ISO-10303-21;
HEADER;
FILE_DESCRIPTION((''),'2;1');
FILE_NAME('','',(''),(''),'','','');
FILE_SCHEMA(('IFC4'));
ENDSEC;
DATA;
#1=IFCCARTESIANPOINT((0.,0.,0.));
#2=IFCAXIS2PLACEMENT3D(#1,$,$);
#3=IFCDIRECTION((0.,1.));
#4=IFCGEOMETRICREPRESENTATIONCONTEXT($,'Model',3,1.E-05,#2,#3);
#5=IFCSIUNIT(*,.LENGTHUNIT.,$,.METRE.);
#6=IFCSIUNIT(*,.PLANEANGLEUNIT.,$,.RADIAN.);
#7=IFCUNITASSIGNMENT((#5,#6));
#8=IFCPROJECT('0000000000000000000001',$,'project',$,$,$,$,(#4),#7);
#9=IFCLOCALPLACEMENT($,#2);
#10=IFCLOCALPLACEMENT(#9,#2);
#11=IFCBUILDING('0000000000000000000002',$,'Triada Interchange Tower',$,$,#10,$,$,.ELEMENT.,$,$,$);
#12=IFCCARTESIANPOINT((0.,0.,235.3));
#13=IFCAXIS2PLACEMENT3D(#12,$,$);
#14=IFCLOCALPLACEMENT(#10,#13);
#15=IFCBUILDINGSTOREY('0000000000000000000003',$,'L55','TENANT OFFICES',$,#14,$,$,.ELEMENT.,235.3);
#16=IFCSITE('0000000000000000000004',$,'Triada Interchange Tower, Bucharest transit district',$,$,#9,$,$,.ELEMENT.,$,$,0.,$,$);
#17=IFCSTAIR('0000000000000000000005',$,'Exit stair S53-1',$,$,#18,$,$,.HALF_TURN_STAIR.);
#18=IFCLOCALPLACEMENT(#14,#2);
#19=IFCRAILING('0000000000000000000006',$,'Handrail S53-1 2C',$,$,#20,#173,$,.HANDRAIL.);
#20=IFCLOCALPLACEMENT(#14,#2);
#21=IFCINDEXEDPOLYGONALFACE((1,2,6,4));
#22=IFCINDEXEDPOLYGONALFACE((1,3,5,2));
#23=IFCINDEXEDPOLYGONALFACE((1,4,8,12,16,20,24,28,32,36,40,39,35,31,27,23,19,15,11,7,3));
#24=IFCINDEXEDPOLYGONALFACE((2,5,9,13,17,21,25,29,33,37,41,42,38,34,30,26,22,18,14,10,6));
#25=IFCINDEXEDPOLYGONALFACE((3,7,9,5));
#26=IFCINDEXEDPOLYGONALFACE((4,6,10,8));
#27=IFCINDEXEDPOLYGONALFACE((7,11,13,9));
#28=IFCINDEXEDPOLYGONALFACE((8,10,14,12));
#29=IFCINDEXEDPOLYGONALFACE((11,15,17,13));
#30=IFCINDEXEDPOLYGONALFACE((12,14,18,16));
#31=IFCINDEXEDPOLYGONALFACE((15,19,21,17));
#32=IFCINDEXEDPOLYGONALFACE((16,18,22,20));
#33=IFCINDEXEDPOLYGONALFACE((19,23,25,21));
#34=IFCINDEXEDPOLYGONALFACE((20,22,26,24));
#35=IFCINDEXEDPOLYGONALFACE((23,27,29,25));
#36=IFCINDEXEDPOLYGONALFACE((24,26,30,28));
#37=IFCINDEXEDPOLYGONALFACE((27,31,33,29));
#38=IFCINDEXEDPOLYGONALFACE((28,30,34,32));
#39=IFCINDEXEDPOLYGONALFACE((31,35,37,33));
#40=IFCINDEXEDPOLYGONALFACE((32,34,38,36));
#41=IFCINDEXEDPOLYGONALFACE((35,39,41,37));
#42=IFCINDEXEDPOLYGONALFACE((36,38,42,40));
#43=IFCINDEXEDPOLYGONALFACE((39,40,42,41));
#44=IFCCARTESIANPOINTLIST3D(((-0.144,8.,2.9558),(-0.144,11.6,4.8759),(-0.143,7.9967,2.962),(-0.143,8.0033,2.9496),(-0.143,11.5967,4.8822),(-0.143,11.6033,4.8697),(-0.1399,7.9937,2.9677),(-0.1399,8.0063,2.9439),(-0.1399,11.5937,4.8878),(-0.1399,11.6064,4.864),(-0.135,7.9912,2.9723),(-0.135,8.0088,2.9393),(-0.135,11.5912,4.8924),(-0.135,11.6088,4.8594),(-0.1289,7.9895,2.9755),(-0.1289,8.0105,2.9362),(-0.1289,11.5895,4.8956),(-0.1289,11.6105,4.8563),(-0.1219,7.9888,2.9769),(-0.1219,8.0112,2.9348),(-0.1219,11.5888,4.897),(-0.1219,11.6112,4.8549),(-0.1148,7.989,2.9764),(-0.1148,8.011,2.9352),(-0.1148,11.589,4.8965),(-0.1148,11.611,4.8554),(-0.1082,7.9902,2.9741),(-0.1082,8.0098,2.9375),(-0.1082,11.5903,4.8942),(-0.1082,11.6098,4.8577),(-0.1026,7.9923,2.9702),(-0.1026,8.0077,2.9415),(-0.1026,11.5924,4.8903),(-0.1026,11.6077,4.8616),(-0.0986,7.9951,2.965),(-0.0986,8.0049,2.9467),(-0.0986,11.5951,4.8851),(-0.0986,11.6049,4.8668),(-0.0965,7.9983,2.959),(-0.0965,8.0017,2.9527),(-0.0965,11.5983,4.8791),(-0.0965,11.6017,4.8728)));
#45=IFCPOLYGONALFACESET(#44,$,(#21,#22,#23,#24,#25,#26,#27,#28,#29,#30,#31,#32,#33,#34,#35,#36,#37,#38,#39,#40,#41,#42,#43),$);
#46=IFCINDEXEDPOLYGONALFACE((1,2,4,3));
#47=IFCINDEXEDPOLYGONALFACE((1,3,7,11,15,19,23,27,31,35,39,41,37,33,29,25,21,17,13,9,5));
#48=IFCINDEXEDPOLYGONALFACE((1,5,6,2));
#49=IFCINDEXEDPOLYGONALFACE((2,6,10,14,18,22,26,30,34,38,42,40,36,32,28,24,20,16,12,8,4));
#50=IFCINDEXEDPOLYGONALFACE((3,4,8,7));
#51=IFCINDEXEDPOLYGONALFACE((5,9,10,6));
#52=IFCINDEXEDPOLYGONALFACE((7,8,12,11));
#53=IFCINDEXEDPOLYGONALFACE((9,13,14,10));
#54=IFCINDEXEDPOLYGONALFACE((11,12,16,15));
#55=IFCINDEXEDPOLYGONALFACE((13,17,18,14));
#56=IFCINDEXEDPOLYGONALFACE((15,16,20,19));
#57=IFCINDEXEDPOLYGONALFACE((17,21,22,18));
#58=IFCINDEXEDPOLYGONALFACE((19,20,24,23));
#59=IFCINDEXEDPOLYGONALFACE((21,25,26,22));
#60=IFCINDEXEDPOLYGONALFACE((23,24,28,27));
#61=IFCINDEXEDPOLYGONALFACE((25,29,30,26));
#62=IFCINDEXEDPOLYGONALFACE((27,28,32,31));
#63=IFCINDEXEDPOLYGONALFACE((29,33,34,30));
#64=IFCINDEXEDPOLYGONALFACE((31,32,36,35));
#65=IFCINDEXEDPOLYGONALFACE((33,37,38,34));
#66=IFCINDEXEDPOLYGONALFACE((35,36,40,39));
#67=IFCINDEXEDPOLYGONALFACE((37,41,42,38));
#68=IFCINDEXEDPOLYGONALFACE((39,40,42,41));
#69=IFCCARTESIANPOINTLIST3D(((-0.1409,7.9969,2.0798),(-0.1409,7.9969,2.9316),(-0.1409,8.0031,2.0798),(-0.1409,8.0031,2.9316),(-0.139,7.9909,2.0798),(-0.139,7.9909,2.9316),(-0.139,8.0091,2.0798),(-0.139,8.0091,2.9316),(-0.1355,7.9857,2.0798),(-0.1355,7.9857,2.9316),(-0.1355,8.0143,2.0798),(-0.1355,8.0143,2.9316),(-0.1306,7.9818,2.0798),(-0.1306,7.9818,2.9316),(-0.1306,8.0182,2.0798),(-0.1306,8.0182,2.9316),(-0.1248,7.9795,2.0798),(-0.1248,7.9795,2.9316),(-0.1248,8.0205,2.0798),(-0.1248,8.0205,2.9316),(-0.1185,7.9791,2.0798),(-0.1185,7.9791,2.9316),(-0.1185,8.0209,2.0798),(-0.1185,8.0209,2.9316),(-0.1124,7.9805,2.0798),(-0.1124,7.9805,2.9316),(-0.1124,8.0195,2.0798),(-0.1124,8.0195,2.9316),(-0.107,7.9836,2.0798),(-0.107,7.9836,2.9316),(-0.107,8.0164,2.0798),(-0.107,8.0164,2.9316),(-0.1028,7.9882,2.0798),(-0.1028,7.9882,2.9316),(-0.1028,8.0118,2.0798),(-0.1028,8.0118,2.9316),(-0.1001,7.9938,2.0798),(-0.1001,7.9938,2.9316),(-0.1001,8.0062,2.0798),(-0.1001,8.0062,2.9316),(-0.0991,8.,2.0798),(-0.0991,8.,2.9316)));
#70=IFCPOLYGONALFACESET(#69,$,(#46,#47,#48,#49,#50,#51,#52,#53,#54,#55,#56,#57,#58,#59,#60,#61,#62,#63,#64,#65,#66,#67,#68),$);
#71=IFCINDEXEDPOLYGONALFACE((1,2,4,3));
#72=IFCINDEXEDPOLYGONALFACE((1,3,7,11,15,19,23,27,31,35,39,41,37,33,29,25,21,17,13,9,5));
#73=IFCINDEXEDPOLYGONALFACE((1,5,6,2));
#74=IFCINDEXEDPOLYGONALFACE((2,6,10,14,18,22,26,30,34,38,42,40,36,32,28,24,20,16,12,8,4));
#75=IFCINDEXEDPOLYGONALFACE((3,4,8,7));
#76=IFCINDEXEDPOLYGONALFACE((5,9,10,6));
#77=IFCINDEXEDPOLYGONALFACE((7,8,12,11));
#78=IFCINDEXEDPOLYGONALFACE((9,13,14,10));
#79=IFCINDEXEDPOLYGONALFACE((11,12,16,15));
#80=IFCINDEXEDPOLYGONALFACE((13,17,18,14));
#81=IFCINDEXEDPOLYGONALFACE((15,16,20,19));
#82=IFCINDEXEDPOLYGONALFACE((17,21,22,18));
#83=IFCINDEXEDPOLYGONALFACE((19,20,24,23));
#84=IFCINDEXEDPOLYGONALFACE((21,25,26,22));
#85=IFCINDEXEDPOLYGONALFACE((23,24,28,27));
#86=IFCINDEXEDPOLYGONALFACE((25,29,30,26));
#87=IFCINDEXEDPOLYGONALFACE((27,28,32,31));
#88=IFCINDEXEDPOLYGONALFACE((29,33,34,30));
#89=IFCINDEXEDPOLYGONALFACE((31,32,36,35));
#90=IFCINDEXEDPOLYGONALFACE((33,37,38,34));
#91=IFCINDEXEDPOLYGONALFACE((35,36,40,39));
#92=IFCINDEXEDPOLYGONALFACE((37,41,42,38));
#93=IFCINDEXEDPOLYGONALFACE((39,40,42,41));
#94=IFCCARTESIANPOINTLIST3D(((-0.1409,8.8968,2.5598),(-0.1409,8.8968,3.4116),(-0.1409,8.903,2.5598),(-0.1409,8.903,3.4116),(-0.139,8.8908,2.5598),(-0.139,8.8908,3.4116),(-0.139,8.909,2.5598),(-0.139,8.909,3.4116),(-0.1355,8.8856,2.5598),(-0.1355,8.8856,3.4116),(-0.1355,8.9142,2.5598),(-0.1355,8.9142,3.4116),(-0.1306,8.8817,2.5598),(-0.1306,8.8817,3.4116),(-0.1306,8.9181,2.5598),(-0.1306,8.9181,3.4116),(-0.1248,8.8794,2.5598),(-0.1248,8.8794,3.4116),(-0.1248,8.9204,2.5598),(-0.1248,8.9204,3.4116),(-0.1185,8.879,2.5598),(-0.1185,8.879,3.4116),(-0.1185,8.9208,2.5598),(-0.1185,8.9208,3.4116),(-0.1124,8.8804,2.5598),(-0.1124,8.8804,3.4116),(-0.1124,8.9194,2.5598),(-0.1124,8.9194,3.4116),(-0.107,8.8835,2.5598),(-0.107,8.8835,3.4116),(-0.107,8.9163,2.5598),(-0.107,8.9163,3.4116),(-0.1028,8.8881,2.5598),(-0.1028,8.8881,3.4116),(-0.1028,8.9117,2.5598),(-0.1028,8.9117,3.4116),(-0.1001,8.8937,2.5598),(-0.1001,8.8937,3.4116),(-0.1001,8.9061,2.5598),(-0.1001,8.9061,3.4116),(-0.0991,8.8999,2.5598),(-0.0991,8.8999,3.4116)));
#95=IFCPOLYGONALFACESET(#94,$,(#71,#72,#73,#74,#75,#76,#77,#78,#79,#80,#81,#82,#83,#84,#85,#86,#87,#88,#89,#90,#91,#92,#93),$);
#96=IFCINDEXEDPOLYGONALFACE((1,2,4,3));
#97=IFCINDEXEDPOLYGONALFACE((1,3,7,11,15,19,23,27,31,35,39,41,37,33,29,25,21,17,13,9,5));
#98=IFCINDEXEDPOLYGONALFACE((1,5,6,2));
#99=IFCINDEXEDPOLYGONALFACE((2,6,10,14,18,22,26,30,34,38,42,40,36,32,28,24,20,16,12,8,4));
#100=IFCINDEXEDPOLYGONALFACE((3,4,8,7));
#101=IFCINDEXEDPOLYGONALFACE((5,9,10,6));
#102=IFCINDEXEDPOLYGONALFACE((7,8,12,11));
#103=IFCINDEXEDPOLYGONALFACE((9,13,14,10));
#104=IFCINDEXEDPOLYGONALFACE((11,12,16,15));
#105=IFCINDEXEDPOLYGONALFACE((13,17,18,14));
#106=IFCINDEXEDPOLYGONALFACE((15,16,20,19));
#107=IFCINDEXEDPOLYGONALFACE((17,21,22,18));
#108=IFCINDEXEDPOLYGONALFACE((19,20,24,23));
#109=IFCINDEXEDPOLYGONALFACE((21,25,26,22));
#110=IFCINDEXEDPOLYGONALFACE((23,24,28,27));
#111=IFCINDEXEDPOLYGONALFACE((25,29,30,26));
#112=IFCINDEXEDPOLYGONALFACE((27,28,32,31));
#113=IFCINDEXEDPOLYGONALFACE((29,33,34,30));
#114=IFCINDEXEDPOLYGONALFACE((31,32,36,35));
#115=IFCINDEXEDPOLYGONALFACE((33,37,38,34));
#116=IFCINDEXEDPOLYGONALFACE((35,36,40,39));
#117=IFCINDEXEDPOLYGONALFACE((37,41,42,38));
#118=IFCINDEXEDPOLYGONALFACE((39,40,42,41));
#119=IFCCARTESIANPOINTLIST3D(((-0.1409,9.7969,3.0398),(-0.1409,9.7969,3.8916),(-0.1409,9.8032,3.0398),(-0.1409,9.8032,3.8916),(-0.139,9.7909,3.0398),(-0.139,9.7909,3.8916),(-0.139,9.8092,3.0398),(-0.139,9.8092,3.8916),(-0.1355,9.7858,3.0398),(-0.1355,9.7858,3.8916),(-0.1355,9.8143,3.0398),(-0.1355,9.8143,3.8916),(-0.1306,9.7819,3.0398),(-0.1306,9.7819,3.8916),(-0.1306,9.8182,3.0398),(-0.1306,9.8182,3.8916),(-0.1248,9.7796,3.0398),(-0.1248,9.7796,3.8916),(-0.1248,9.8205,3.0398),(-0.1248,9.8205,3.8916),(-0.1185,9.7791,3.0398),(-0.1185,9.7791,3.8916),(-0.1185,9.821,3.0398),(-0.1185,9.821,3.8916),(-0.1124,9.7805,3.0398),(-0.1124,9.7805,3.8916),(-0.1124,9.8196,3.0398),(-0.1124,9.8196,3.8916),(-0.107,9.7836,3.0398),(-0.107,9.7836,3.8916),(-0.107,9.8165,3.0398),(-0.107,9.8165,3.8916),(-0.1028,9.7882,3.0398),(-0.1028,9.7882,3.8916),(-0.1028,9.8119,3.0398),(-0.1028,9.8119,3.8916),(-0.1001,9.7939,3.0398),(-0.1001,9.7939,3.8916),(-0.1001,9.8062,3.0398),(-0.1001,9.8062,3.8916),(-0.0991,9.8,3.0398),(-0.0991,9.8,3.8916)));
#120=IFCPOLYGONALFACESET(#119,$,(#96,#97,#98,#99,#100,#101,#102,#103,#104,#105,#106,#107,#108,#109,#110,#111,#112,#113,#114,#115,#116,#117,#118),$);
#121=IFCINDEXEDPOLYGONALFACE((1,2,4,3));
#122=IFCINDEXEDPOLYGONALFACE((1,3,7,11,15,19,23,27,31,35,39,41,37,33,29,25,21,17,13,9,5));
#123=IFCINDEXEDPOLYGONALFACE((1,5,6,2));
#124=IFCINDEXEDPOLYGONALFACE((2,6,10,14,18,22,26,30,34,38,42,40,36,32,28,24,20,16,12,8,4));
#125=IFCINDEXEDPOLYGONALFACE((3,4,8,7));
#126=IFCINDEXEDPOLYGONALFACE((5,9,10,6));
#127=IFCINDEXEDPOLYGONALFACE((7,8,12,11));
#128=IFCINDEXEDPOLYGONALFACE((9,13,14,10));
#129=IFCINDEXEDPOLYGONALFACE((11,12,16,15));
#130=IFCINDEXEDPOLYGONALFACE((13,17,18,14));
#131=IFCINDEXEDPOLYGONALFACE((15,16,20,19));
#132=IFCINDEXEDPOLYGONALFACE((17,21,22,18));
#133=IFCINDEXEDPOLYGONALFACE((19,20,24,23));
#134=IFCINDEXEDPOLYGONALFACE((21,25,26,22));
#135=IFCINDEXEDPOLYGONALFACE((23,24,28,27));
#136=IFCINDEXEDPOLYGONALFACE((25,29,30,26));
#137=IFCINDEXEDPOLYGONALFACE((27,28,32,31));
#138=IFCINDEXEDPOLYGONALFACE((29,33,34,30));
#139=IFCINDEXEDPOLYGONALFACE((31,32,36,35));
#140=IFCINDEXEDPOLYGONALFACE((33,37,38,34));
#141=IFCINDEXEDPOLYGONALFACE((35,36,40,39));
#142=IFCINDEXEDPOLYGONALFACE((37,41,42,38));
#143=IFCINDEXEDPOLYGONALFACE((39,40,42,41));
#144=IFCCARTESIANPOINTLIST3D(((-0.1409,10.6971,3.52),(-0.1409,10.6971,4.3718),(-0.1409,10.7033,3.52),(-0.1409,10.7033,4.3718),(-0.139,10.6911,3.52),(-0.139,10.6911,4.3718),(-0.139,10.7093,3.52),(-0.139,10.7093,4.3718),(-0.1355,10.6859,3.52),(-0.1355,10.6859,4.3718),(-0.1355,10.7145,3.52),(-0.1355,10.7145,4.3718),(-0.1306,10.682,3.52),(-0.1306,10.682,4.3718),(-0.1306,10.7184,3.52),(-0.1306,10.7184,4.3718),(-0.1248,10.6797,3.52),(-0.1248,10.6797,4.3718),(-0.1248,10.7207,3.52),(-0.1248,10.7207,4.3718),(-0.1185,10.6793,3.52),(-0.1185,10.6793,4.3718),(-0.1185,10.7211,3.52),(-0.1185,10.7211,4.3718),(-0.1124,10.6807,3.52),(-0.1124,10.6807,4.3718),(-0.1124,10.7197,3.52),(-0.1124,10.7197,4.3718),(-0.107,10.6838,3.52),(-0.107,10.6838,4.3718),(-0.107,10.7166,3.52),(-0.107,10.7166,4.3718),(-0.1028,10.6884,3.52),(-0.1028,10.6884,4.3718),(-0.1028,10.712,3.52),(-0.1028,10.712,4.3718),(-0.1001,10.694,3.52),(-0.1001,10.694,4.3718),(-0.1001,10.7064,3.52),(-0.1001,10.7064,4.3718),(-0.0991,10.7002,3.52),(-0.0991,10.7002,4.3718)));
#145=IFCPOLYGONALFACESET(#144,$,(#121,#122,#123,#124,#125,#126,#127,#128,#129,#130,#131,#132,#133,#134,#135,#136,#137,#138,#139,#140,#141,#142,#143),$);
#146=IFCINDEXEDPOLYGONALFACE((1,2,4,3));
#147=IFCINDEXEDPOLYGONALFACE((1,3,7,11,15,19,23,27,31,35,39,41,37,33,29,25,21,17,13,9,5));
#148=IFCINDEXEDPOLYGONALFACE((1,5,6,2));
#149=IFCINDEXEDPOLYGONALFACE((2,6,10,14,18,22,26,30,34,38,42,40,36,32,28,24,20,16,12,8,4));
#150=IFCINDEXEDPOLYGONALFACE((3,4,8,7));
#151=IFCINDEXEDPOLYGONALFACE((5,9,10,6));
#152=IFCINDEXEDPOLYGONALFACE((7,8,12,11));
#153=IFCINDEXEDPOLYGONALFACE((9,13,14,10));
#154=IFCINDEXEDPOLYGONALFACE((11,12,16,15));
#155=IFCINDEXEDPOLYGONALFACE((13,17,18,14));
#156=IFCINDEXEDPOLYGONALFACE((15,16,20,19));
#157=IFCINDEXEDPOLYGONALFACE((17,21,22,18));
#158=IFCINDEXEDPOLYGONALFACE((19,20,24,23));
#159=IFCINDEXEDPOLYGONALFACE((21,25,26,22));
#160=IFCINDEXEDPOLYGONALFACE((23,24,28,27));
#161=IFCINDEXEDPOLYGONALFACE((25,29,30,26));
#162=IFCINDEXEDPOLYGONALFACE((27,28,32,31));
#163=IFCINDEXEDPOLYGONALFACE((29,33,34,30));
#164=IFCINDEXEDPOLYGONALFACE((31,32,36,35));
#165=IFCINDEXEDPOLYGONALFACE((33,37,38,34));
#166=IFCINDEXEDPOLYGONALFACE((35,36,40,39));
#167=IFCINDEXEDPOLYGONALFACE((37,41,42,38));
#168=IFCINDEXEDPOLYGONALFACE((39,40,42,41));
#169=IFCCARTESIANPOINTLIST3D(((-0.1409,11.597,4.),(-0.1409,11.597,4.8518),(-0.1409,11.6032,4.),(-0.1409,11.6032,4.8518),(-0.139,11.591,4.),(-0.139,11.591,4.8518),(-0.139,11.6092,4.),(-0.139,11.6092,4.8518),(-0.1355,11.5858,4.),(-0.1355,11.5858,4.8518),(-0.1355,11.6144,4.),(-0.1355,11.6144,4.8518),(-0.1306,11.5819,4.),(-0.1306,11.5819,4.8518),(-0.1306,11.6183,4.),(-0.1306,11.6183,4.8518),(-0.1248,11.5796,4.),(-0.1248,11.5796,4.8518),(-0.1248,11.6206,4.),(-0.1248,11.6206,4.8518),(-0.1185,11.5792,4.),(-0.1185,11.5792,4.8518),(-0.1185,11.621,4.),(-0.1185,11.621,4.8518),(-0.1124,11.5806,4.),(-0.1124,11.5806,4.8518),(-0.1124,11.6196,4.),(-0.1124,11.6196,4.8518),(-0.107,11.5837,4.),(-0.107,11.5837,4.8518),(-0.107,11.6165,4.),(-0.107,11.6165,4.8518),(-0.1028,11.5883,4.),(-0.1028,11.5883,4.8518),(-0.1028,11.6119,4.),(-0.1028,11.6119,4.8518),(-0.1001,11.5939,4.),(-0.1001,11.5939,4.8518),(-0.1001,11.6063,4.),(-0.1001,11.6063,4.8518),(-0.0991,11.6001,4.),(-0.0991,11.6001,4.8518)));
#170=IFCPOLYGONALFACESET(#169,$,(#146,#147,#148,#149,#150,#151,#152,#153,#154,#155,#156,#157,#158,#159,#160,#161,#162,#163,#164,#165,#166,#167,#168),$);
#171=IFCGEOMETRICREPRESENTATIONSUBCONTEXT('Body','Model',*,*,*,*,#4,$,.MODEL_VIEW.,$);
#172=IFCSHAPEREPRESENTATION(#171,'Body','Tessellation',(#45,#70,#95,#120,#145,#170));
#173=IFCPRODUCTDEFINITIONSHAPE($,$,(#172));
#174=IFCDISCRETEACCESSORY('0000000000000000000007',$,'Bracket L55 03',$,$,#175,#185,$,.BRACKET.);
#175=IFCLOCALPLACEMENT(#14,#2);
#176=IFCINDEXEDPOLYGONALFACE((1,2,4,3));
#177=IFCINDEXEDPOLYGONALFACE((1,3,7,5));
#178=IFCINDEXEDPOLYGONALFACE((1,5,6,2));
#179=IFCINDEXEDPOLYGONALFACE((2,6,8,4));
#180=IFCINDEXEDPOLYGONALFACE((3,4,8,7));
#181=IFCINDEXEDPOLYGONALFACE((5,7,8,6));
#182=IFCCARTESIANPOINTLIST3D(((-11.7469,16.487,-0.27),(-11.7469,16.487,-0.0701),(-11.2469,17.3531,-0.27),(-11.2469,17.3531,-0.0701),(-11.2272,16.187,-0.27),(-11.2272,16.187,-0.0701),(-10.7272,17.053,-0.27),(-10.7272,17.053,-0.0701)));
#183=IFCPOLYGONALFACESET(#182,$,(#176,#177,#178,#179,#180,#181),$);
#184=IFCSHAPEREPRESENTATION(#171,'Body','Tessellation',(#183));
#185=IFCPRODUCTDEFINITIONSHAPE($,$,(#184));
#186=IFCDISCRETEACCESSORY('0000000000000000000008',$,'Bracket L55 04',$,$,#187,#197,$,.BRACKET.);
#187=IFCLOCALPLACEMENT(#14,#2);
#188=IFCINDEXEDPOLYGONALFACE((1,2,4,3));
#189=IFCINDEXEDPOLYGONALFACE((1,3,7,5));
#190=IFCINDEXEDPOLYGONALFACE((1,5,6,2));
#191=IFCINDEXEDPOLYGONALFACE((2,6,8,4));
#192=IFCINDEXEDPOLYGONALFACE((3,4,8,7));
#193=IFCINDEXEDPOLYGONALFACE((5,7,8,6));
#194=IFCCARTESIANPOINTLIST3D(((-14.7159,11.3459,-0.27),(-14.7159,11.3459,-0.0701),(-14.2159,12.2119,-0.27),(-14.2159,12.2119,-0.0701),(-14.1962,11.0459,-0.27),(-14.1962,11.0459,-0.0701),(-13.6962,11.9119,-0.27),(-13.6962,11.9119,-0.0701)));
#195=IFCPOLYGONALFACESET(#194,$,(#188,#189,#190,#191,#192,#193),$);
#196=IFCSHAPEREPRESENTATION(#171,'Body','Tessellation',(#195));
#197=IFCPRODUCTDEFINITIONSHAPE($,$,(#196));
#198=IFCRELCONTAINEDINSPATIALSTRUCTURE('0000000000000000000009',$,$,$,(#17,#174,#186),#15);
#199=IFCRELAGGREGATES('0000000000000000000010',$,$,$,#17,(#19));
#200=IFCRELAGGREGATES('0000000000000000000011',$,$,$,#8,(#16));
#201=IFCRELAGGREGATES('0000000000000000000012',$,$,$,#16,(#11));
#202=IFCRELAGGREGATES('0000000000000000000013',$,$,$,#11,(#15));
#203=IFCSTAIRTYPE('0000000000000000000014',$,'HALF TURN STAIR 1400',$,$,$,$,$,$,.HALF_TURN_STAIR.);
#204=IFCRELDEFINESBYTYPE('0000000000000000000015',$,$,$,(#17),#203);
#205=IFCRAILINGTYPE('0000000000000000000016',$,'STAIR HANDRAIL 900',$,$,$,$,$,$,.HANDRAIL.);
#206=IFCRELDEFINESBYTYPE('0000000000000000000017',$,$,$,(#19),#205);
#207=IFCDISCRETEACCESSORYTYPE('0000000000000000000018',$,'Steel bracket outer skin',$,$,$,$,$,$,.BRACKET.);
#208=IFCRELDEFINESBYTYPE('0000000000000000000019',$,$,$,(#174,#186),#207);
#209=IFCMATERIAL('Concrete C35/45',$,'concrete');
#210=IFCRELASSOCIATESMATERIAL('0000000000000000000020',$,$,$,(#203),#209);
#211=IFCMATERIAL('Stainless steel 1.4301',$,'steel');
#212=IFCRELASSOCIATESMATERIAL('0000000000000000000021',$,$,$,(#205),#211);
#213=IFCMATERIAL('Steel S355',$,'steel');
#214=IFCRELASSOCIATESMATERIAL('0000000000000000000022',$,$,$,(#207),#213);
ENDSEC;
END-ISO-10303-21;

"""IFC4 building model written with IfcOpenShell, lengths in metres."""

from ifc_helpers import new_model, si_unit, direction, frame, origin, origin_2d, place, context, subcontext, project, spatial, rectangle, circle, extrude, material, type_object, element, aggregate, save


model = new_model("IFC4")

# Units and contexts
model_context = context("Model", 3, precision=1e-05, world=origin(), true_north=direction((0.0, 1.0)))
body_context = subcontext(model_context, "Body", "Model", "MODEL_VIEW")
ifc_project = project(units=[si_unit("LENGTHUNIT", "METRE"), si_unit("PLANEANGLEUNIT", "RADIAN")], contexts=[model_context])

# Site, building, storey
site_placement = place(None, origin())
site = spatial("IfcSite", under=ifc_project, at=site_placement, Name="Triada Interchange Tower, Bucharest transit district", CompositionType="ELEMENT", RefElevation=0.0)
building_placement = place(site_placement, origin())
building = spatial("IfcBuilding", under=site, at=building_placement, Name="Triada Interchange Tower", CompositionType="ELEMENT")
storey_placement = place(building_placement, frame((0.0, 0.0, 235.3)))
storey = spatial("IfcBuildingStorey", under=building, at=storey_placement, Name="L55", Description="TENANT OFFICES", CompositionType="ELEMENT", Elevation=235.3)

# Stair
ifc_material_1 = material(Name="Concrete C35/45", Category="concrete")
stair_type = type_object("IfcStairType", Name="HALF TURN STAIR 1400", PredefinedType="HALF_TURN_STAIR", material=ifc_material_1)
stair_placement = place(storey_placement, origin())
stair = element("IfcStair", 1, at=stair_placement, inside=storey, type_object=stair_type, Name="Exit stair S53-1", PredefinedType="HALF_TURN_STAIR")

# Railing
ifc_material_2 = material(Name="Stainless steel 1.4301", Category="steel")
railing_type = type_object("IfcRailingType", Name="STAIR HANDRAIL 900", PredefinedType="HANDRAIL", material=ifc_material_2)
railing_1_placement = place(storey_placement, frame((-0.1201, 8.0, 2.0798)))
railing_1 = element("IfcRailing", 2, at=railing_1_placement, type_object=railing_type, Name="Handrail S53-1 2C", PredefinedType="HANDRAIL", context=body_context, shape_type="SweptSolid", body=[
    extrude(circle(Radius=0.0239, at=origin_2d()), frame((0.0, 0.0, 0.876), z_axis=(0.0, 0.882341, 0.47061), x_axis=(-1.0, 0.0, 0.0)), (0.0, 0.0, 1.0), 4.0801),
    extrude(circle(Radius=0.021, at=origin_2d()), origin(), (0.0, 0.0, 1.0), 0.8518),
    extrude(circle(Radius=0.021, at=origin_2d()), frame((0.0, 0.8999, 0.48)), (0.0, 0.0, 1.0), 0.8518),
    extrude(circle(Radius=0.021, at=origin_2d()), frame((0.0, 1.8, 0.96)), (0.0, 0.0, 1.0), 0.8518),
    extrude(circle(Radius=0.021, at=origin_2d()), frame((0.0, 2.7002, 1.4402)), (0.0, 0.0, 1.0), 0.8518),
    extrude(circle(Radius=0.021, at=origin_2d()), frame((0.0, 3.6001, 1.9202)), (0.0, 0.0, 1.0), 0.8518),
])
aggregate(stair, [railing_1])

# Discrete accessories
ifc_material_3 = material(Name="Steel S355", Category="steel")
discrete_accessory_type = type_object("IfcDiscreteAccessoryType", Name="Steel bracket outer skin", PredefinedType="BRACKET", material=ifc_material_3)
for number, where, z_axis, x_axis, name in (
    (3, (-11.2371, 16.77, -0.27), (0.0, 0.0, 1.0), (-0.866014, 0.500019, 0.0), "Bracket L55 03"),
    (4, (-14.2061, 11.6289, -0.27), (0.0, 0.0, 1.0), (-0.866014, 0.500019, 0.0), "Bracket L55 04"),
):
    element("IfcDiscreteAccessory", number, at=place(storey_placement, frame(where, z_axis=z_axis, x_axis=x_axis)), inside=storey, type_object=discrete_accessory_type, Name=name, PredefinedType="BRACKET", context=body_context, shape_type="SweptSolid", body=[
        extrude(rectangle(XDim=0.6001, YDim=1.0, at=origin_2d()), origin(), (0.0, 0.0, 1.0), 0.2),
    ])

save(model, "model.ifc")
